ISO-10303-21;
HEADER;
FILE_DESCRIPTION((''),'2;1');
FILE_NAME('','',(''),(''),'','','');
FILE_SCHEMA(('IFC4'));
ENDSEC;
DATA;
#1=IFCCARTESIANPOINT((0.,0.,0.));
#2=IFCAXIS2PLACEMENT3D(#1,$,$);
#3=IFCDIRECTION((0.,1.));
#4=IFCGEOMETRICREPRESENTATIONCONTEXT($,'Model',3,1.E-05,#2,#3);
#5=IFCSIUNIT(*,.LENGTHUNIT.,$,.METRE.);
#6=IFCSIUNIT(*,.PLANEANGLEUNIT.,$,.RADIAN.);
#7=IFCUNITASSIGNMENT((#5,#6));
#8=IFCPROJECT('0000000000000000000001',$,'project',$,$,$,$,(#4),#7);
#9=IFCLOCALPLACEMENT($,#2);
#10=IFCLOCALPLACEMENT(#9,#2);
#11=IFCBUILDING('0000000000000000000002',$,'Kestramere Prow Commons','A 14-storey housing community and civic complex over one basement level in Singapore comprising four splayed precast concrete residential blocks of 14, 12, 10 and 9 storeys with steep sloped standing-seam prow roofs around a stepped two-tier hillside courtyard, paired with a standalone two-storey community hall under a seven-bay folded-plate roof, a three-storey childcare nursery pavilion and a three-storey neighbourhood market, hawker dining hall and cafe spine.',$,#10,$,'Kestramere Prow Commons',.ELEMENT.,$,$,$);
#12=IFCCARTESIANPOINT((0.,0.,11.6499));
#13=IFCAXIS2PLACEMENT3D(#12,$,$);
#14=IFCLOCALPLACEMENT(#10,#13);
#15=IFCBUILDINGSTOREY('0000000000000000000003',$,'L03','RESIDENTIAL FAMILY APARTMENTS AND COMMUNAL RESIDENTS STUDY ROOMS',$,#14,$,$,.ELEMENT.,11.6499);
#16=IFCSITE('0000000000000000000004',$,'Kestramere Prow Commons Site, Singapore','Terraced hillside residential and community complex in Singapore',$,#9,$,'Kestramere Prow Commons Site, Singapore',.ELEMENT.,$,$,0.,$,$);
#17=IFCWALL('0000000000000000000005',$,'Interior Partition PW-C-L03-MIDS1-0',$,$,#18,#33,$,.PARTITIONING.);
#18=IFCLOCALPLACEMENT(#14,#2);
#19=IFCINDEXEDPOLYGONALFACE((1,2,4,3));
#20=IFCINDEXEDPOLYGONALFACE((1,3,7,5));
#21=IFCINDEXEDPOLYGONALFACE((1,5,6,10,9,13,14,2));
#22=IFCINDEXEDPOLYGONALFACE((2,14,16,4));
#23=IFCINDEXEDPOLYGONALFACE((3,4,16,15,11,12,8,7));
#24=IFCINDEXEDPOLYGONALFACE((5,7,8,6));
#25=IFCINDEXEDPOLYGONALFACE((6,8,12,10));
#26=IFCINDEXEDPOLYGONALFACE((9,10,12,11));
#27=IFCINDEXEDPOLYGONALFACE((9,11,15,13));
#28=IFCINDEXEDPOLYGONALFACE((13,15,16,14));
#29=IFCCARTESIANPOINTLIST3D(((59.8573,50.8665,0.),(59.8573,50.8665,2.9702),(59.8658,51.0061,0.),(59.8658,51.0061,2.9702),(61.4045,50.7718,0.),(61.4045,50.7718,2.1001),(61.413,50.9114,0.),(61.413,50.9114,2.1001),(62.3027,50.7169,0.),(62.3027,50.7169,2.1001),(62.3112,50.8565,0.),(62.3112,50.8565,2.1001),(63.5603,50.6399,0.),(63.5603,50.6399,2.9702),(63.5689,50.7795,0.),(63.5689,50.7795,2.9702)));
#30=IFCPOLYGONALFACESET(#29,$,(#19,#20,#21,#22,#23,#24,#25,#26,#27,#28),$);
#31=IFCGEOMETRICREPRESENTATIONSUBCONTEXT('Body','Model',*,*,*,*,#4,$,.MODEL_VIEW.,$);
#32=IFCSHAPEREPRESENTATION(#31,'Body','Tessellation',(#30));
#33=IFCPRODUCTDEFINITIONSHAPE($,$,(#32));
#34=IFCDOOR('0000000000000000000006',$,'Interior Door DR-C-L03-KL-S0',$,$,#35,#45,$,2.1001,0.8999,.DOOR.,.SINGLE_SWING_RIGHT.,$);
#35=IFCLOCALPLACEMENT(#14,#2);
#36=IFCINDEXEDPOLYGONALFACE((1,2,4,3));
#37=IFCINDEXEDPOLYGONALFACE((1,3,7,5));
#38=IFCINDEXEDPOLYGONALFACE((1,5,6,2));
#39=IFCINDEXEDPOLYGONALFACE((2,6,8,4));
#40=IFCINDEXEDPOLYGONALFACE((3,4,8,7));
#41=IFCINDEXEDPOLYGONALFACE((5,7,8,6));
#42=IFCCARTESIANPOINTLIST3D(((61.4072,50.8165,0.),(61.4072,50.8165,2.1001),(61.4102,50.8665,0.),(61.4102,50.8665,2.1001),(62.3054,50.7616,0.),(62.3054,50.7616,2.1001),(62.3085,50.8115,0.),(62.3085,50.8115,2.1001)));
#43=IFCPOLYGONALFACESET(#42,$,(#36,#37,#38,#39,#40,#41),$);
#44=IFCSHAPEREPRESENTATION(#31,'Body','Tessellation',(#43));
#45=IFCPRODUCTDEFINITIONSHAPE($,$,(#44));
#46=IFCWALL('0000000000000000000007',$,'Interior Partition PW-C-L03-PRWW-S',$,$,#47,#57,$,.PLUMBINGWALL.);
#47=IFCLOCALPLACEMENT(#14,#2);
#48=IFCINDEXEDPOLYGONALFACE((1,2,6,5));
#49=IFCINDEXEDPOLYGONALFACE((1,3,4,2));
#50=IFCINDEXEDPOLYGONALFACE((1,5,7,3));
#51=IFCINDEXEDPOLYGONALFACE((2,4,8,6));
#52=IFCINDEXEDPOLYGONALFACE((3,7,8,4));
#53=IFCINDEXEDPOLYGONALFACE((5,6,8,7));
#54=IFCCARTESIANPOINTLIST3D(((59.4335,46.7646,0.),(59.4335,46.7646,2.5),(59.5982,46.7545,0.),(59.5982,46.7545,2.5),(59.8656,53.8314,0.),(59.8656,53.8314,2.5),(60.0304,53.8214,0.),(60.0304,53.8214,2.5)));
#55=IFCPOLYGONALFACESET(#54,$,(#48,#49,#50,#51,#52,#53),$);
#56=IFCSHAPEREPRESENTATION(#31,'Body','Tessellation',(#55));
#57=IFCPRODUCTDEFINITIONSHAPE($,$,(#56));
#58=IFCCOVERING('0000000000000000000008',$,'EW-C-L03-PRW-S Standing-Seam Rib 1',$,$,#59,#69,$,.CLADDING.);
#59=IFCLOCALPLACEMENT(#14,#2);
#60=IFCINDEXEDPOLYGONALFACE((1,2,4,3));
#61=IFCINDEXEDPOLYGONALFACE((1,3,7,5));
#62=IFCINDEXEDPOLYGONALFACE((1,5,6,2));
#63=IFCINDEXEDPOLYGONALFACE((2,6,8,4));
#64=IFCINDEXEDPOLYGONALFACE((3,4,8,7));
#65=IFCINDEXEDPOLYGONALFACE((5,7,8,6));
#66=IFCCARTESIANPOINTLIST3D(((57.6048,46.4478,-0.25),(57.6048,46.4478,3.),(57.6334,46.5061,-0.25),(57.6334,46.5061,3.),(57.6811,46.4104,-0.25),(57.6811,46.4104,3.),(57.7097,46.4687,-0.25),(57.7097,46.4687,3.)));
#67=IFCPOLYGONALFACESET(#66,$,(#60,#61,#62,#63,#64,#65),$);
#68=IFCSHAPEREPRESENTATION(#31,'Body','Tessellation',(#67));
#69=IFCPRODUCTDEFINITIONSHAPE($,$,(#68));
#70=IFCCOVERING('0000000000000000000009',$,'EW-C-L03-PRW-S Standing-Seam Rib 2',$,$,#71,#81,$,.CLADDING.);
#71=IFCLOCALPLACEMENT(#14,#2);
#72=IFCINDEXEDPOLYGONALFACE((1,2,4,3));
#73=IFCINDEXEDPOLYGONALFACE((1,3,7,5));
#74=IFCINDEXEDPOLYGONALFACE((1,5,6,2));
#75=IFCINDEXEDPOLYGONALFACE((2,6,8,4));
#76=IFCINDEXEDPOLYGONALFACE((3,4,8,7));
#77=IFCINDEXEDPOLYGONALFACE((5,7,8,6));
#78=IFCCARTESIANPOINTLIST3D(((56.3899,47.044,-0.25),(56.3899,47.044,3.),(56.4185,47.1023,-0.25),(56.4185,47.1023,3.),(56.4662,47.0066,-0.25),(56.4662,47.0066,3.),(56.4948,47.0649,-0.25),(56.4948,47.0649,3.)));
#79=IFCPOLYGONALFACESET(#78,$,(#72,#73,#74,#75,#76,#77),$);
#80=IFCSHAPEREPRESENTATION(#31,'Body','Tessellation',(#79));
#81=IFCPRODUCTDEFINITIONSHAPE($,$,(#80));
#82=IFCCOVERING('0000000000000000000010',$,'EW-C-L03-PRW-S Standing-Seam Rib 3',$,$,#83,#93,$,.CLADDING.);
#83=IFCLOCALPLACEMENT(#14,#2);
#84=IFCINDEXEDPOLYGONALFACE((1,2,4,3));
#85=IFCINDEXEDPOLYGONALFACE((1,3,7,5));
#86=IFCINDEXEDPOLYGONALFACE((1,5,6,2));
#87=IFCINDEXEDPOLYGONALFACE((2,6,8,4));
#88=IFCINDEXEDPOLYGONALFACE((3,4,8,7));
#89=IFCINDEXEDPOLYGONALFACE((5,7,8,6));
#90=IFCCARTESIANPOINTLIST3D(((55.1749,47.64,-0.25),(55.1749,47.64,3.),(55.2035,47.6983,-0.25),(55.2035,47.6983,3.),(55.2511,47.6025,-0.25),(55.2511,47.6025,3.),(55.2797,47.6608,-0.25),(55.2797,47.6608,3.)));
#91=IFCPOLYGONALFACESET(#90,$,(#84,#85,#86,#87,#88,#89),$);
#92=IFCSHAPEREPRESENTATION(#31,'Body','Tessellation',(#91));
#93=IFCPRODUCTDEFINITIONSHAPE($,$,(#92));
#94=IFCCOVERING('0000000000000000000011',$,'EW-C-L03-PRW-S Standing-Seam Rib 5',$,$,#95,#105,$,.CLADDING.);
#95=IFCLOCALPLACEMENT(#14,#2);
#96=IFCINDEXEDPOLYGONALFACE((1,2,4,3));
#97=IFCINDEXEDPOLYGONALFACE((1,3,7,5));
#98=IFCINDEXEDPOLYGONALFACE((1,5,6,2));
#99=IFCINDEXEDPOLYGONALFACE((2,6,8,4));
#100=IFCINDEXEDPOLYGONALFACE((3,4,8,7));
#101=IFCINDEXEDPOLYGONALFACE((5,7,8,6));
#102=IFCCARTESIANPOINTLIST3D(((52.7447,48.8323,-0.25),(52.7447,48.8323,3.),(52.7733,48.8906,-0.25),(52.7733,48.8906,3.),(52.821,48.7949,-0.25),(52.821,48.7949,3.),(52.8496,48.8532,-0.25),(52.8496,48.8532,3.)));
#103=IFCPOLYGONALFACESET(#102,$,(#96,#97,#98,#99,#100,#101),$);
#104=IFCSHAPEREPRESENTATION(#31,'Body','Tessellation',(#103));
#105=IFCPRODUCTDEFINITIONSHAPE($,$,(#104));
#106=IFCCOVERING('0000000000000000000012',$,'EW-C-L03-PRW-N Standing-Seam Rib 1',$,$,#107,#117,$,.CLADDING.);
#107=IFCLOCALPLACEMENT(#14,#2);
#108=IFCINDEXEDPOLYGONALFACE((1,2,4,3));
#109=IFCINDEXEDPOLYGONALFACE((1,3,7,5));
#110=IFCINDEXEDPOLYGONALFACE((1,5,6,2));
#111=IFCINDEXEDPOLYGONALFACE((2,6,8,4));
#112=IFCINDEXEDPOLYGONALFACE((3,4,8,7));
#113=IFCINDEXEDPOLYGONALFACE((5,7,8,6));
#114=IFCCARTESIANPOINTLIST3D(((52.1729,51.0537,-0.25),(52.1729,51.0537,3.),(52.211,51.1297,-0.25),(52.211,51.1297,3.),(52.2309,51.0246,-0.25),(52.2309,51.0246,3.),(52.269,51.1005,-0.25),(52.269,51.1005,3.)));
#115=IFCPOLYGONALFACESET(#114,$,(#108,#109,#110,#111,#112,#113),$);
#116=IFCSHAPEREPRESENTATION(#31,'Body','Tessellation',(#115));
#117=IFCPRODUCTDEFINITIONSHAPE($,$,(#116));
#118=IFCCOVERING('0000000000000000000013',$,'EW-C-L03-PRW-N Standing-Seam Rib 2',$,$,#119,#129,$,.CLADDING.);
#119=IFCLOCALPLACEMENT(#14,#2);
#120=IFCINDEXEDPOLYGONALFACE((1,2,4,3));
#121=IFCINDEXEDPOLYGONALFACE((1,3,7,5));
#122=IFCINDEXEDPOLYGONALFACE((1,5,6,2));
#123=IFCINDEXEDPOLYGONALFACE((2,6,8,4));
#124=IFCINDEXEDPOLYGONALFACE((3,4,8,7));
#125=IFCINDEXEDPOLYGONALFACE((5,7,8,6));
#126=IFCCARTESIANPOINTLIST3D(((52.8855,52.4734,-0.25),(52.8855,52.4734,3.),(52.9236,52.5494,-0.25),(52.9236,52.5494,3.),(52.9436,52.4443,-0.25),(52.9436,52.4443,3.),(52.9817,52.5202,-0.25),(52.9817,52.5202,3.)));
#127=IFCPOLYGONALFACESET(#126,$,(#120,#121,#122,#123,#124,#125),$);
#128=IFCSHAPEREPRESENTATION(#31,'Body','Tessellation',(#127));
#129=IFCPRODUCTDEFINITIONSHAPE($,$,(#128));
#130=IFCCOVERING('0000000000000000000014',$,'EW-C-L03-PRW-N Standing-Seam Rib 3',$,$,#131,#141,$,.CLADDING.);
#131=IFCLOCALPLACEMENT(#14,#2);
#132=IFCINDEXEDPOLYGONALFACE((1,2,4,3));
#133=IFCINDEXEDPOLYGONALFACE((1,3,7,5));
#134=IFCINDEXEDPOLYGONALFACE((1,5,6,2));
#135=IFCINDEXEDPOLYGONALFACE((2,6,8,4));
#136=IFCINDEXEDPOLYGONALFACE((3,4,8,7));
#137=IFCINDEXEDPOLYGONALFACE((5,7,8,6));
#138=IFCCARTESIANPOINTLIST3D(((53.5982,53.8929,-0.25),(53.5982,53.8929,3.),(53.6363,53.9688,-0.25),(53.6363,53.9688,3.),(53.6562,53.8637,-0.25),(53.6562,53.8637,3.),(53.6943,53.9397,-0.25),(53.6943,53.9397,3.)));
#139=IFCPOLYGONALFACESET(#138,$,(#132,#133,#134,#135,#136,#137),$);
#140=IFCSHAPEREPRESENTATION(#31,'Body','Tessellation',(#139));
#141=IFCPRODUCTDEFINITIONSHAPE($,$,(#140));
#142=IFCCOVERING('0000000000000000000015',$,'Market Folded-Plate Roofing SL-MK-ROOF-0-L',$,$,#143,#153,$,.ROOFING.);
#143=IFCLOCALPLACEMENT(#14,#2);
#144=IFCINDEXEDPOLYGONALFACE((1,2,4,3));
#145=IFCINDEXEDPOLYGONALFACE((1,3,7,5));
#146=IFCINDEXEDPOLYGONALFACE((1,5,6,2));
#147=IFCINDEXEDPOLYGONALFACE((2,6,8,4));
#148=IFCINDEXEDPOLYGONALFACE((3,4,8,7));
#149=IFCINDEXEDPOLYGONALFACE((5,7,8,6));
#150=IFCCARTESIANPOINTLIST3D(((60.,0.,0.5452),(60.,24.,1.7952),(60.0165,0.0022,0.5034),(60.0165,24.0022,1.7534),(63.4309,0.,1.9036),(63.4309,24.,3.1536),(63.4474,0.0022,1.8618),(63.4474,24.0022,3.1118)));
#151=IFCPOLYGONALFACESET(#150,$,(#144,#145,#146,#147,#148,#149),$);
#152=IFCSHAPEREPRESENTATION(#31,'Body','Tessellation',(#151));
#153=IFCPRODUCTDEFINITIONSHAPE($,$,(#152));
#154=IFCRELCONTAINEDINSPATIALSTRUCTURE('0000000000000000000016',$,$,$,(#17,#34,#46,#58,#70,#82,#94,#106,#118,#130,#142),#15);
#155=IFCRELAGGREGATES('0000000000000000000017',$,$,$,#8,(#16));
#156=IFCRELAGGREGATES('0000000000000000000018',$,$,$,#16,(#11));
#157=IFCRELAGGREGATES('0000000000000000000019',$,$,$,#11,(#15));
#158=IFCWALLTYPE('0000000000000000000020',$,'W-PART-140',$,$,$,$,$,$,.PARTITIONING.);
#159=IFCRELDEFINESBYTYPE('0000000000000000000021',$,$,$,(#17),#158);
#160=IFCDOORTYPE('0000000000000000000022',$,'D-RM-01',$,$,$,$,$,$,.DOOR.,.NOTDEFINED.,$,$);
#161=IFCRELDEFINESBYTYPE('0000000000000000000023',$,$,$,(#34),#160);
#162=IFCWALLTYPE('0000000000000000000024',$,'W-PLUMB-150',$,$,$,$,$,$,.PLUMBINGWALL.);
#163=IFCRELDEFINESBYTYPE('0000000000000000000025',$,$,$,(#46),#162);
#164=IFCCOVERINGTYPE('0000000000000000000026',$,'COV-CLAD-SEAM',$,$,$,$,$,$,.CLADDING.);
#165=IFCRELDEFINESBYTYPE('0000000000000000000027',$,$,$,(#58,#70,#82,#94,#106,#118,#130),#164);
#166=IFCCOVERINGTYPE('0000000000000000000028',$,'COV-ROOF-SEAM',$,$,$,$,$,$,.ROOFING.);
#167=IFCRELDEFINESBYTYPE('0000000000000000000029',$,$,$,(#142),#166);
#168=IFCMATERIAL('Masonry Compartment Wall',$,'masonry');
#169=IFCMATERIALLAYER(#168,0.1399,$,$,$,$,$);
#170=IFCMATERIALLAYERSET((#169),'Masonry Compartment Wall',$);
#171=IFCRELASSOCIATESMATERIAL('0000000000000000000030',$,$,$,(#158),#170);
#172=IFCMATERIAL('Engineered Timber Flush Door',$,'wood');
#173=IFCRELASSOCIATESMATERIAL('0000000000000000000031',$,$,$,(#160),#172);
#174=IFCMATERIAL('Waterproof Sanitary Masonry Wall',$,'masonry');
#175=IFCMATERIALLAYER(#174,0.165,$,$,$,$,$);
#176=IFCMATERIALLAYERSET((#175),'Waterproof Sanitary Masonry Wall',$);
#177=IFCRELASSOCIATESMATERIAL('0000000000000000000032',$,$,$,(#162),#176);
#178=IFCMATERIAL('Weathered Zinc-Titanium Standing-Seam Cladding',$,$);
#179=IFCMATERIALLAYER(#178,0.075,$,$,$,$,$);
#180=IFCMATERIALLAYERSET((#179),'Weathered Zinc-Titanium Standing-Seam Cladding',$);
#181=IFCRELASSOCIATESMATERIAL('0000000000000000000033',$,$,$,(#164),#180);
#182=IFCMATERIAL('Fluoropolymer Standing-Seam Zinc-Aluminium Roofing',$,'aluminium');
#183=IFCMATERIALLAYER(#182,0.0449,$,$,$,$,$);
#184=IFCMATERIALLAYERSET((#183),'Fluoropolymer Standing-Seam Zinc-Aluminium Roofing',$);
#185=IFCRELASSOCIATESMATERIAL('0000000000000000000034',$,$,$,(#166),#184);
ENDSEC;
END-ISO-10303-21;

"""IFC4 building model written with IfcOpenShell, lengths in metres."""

from ifc_helpers import new_model, si_unit, direction, frame, frame_2d, origin, origin_2d, place, context, subcontext, project, spatial, polyline, rectangle, outline, extrude, material, layer, layer_set, type_object, element, fill, save


model = new_model("IFC4")

# Units and contexts
model_context = context("Model", 3, precision=1e-05, world=origin(), true_north=direction((0.0, 1.0)))
body_context = subcontext(model_context, "Body", "Model", "MODEL_VIEW")
ifc_project = project(units=[si_unit("LENGTHUNIT", "METRE"), si_unit("PLANEANGLEUNIT", "RADIAN")], contexts=[model_context])

# Site, building, storey
site_placement = place(None, origin())
site = spatial("IfcSite", under=ifc_project, at=site_placement, Name="Kestramere Prow Commons Site, Singapore", Description="Terraced hillside residential and community complex in Singapore", LongName="Kestramere Prow Commons Site, Singapore", CompositionType="ELEMENT", RefElevation=0.0)
building_placement = place(site_placement, origin())
building = spatial("IfcBuilding", under=site, at=building_placement, Name="Kestramere Prow Commons", Description="A 14-storey housing community and civic complex over one basement level in Singapore comprising four splayed precast concrete residential blocks of 14, 12, 10 and 9 storeys with steep sloped standing-seam prow roofs around a stepped two-tier hillside courtyard, paired with a standalone two-storey community hall under a seven-bay folded-plate roof, a three-storey childcare nursery pavilion and a three-storey neighbourhood market, hawker dining hall and cafe spine.", LongName="Kestramere Prow Commons", CompositionType="ELEMENT")
storey_placement = place(building_placement, frame((0.0, 0.0, 11.6499)))
storey = spatial("IfcBuildingStorey", under=building, at=storey_placement, Name="L03", Description="RESIDENTIAL FAMILY APARTMENTS AND COMMUNAL RESIDENTS STUDY ROOMS", CompositionType="ELEMENT", Elevation=11.6499)

# Shared definitions
ifc_material_1 = material(Name="Weathered Zinc-Titanium Standing-Seam Cladding")

# Wall, opening, door
ifc_material_2 = material(Name="Masonry Compartment Wall", Category="masonry")
ifc_layer_1 = layer(ifc_material_2, 0.1399)
ifc_layer_set_1 = layer_set([ifc_layer_1], Name="Masonry Compartment Wall")
wall_type_1 = type_object("IfcWallType", Name="W-PART-140", PredefinedType="PARTITIONING", material=ifc_layer_set_1)
wall_1_placement = place(storey_placement, frame((59.8616, 50.9363, 0.0), z_axis=(0.0, 0.0, 1.0), x_axis=(0.998134, -0.061067, 0.0)))
wall_1 = element("IfcWall", 1, at=wall_1_placement, inside=storey, type_object=wall_type_1, Name="Interior Partition PW-C-L03-MIDS1-0", PredefinedType="PARTITIONING", context=body_context, shape_type="SweptSolid", body=[
    extrude(rectangle(XDim=3.71, YDim=0.1399, at=frame_2d((1.855, 0.0))), origin(), (0.0, 0.0, 1.0), 2.9702),
])
opening_1_placement = place(wall_1_placement, frame((1.55, 0.0, 0.0)))
opening_1 = element("IfcOpeningElement", 2, at=opening_1_placement, cuts=wall_1, PredefinedType="OPENING", context=body_context, shape_type="SweptSolid", body=[
    extrude(rectangle(XDim=0.8999, YDim=2.1001, at=frame_2d((0.45, 1.05))), frame((0.0, 0.085, 0.0), z_axis=(0.0, -1.0, 0.0), x_axis=(1.0, 0.0, 0.0)), (0.0, 0.0, 1.0), 0.1699),
])
ifc_material_3 = material(Name="Engineered Timber Flush Door", Category="wood")
door_type = type_object("IfcDoorType", Name="D-RM-01", OperationType="NOTDEFINED", PredefinedType="DOOR", material=ifc_material_3)
door_placement = place(opening_1_placement, origin())
door = element("IfcDoor", 3, at=door_placement, inside=storey, type_object=door_type, Name="Interior Door DR-C-L03-KL-S0", OperationType="SINGLE_SWING_RIGHT", OverallHeight=2.1001, OverallWidth=0.8999, PredefinedType="DOOR", context=body_context, shape_type="SweptSolid", body=[
    extrude(rectangle(XDim=0.8999, YDim=2.1001, at=frame_2d((0.45, 1.05))), frame((0.0, 0.0249, 0.0), z_axis=(0.0, -1.0, 0.0), x_axis=(1.0, 0.0, 0.0)), (0.0, 0.0, 1.0), 0.05),
])
fill(opening_1, door)

# Wall
ifc_material_4 = material(Name="Waterproof Sanitary Masonry Wall", Category="masonry")
ifc_layer_2 = layer(ifc_material_4, 0.165)
ifc_layer_set_2 = layer_set([ifc_layer_2], Name="Waterproof Sanitary Masonry Wall")
wall_type_2 = type_object("IfcWallType", Name="W-PLUMB-150", PredefinedType="PLUMBINGWALL", material=ifc_layer_set_2)
wall_2_placement = place(storey_placement, frame((59.5159, 46.7595, 0.0), z_axis=(0.0, 0.0, 1.0), x_axis=(0.061034, 0.998136, 0.0)))
element("IfcWall", 4, at=wall_2_placement, inside=storey, type_object=wall_type_2, Name="Interior Partition PW-C-L03-PRWW-S", PredefinedType="PLUMBINGWALL", context=body_context, shape_type="SweptSolid", body=[
    extrude(rectangle(XDim=7.0801, YDim=0.165, at=frame_2d((3.54, 0.0))), origin(), (0.0, 0.0, 1.0), 2.5),
])

# Coverings
ifc_layer_3 = layer(ifc_material_1, 0.075)
ifc_layer_set_3 = layer_set([ifc_layer_3], Name="Weathered Zinc-Titanium Standing-Seam Cladding")
covering_type_1 = type_object("IfcCoveringType", Name="COV-CLAD-SEAM", PredefinedType="CLADDING", material=ifc_layer_set_3)
for number, where, z_axis, x_axis, name in (
    (5, (57.6572, 46.4583, -0.25), (0.0, 0.0, 1.0), (-0.897771, 0.440463, 0.0), "EW-C-L03-PRW-S Standing-Seam Rib 1"),
    (6, (56.4424, 47.0544, -0.25), (0.0, 0.0, 1.0), (-0.897771, 0.440463, 0.0), "EW-C-L03-PRW-S Standing-Seam Rib 2"),
    (7, (55.2273, 47.6504, -0.25), (0.0, 0.0, 1.0), (-0.897771, 0.440463, 0.0), "EW-C-L03-PRW-S Standing-Seam Rib 3"),
    (8, (52.7971, 48.8428, -0.25), (0.0, 0.0, 1.0), (-0.897771, 0.440463, 0.0), "EW-C-L03-PRW-S Standing-Seam Rib 5"),
    (9, (52.2209, 51.0771, -0.25), (0.0, 0.0, 1.0), (0.44862, 0.893722, 0.0), "EW-C-L03-PRW-N Standing-Seam Rib 1"),
    (10, (52.9336, 52.4968, -0.25), (0.0, 0.0, 1.0), (0.44862, 0.893722, 0.0), "EW-C-L03-PRW-N Standing-Seam Rib 2"),
    (11, (53.6462, 53.9163, -0.25), (0.0, 0.0, 1.0), (0.44862, 0.893722, 0.0), "EW-C-L03-PRW-N Standing-Seam Rib 3"),
):
    element("IfcCovering", number, at=place(storey_placement, frame(where, z_axis=z_axis, x_axis=x_axis)), inside=storey, type_object=covering_type_1, Name=name, PredefinedType="CLADDING", context=body_context, shape_type="SweptSolid", body=[
        extrude(rectangle(XDim=0.085, YDim=0.0649, at=origin_2d()), origin(), (0.0, 0.0, 1.0), 3.25),
    ])
ifc_material_5 = material(Name="Fluoropolymer Standing-Seam Zinc-Aluminium Roofing", Category="aluminium")
ifc_layer_4 = layer(ifc_material_5, 0.0449)
ifc_layer_set_4 = layer_set([ifc_layer_4], Name="Fluoropolymer Standing-Seam Zinc-Aluminium Roofing")
covering_type_2 = type_object("IfcCoveringType", Name="COV-ROOF-SEAM", PredefinedType="ROOFING", material=ifc_layer_set_4)
covering_placement = place(storey_placement, frame((60.0, 0.0, 0.5452), z_axis=(-0.367695, -0.048369, 0.928688), x_axis=(0.929776, 0.0, 0.368126)))
element("IfcCovering", 12, at=covering_placement, inside=storey, type_object=covering_type_2, Name="Market Folded-Plate Roofing SL-MK-ROOF-0-L", PredefinedType="ROOFING", context=body_context, shape_type="SweptSolid", body=[
    extrude(outline(polyline([(0.0, 0.0), (3.69, 0.0), (4.1502, 24.0281), (0.4602, 24.0281), (0.0, 0.0)])), origin(), (0.0, 0.0, -1.0), 0.0449),
])

save(model, "model.ifc")
